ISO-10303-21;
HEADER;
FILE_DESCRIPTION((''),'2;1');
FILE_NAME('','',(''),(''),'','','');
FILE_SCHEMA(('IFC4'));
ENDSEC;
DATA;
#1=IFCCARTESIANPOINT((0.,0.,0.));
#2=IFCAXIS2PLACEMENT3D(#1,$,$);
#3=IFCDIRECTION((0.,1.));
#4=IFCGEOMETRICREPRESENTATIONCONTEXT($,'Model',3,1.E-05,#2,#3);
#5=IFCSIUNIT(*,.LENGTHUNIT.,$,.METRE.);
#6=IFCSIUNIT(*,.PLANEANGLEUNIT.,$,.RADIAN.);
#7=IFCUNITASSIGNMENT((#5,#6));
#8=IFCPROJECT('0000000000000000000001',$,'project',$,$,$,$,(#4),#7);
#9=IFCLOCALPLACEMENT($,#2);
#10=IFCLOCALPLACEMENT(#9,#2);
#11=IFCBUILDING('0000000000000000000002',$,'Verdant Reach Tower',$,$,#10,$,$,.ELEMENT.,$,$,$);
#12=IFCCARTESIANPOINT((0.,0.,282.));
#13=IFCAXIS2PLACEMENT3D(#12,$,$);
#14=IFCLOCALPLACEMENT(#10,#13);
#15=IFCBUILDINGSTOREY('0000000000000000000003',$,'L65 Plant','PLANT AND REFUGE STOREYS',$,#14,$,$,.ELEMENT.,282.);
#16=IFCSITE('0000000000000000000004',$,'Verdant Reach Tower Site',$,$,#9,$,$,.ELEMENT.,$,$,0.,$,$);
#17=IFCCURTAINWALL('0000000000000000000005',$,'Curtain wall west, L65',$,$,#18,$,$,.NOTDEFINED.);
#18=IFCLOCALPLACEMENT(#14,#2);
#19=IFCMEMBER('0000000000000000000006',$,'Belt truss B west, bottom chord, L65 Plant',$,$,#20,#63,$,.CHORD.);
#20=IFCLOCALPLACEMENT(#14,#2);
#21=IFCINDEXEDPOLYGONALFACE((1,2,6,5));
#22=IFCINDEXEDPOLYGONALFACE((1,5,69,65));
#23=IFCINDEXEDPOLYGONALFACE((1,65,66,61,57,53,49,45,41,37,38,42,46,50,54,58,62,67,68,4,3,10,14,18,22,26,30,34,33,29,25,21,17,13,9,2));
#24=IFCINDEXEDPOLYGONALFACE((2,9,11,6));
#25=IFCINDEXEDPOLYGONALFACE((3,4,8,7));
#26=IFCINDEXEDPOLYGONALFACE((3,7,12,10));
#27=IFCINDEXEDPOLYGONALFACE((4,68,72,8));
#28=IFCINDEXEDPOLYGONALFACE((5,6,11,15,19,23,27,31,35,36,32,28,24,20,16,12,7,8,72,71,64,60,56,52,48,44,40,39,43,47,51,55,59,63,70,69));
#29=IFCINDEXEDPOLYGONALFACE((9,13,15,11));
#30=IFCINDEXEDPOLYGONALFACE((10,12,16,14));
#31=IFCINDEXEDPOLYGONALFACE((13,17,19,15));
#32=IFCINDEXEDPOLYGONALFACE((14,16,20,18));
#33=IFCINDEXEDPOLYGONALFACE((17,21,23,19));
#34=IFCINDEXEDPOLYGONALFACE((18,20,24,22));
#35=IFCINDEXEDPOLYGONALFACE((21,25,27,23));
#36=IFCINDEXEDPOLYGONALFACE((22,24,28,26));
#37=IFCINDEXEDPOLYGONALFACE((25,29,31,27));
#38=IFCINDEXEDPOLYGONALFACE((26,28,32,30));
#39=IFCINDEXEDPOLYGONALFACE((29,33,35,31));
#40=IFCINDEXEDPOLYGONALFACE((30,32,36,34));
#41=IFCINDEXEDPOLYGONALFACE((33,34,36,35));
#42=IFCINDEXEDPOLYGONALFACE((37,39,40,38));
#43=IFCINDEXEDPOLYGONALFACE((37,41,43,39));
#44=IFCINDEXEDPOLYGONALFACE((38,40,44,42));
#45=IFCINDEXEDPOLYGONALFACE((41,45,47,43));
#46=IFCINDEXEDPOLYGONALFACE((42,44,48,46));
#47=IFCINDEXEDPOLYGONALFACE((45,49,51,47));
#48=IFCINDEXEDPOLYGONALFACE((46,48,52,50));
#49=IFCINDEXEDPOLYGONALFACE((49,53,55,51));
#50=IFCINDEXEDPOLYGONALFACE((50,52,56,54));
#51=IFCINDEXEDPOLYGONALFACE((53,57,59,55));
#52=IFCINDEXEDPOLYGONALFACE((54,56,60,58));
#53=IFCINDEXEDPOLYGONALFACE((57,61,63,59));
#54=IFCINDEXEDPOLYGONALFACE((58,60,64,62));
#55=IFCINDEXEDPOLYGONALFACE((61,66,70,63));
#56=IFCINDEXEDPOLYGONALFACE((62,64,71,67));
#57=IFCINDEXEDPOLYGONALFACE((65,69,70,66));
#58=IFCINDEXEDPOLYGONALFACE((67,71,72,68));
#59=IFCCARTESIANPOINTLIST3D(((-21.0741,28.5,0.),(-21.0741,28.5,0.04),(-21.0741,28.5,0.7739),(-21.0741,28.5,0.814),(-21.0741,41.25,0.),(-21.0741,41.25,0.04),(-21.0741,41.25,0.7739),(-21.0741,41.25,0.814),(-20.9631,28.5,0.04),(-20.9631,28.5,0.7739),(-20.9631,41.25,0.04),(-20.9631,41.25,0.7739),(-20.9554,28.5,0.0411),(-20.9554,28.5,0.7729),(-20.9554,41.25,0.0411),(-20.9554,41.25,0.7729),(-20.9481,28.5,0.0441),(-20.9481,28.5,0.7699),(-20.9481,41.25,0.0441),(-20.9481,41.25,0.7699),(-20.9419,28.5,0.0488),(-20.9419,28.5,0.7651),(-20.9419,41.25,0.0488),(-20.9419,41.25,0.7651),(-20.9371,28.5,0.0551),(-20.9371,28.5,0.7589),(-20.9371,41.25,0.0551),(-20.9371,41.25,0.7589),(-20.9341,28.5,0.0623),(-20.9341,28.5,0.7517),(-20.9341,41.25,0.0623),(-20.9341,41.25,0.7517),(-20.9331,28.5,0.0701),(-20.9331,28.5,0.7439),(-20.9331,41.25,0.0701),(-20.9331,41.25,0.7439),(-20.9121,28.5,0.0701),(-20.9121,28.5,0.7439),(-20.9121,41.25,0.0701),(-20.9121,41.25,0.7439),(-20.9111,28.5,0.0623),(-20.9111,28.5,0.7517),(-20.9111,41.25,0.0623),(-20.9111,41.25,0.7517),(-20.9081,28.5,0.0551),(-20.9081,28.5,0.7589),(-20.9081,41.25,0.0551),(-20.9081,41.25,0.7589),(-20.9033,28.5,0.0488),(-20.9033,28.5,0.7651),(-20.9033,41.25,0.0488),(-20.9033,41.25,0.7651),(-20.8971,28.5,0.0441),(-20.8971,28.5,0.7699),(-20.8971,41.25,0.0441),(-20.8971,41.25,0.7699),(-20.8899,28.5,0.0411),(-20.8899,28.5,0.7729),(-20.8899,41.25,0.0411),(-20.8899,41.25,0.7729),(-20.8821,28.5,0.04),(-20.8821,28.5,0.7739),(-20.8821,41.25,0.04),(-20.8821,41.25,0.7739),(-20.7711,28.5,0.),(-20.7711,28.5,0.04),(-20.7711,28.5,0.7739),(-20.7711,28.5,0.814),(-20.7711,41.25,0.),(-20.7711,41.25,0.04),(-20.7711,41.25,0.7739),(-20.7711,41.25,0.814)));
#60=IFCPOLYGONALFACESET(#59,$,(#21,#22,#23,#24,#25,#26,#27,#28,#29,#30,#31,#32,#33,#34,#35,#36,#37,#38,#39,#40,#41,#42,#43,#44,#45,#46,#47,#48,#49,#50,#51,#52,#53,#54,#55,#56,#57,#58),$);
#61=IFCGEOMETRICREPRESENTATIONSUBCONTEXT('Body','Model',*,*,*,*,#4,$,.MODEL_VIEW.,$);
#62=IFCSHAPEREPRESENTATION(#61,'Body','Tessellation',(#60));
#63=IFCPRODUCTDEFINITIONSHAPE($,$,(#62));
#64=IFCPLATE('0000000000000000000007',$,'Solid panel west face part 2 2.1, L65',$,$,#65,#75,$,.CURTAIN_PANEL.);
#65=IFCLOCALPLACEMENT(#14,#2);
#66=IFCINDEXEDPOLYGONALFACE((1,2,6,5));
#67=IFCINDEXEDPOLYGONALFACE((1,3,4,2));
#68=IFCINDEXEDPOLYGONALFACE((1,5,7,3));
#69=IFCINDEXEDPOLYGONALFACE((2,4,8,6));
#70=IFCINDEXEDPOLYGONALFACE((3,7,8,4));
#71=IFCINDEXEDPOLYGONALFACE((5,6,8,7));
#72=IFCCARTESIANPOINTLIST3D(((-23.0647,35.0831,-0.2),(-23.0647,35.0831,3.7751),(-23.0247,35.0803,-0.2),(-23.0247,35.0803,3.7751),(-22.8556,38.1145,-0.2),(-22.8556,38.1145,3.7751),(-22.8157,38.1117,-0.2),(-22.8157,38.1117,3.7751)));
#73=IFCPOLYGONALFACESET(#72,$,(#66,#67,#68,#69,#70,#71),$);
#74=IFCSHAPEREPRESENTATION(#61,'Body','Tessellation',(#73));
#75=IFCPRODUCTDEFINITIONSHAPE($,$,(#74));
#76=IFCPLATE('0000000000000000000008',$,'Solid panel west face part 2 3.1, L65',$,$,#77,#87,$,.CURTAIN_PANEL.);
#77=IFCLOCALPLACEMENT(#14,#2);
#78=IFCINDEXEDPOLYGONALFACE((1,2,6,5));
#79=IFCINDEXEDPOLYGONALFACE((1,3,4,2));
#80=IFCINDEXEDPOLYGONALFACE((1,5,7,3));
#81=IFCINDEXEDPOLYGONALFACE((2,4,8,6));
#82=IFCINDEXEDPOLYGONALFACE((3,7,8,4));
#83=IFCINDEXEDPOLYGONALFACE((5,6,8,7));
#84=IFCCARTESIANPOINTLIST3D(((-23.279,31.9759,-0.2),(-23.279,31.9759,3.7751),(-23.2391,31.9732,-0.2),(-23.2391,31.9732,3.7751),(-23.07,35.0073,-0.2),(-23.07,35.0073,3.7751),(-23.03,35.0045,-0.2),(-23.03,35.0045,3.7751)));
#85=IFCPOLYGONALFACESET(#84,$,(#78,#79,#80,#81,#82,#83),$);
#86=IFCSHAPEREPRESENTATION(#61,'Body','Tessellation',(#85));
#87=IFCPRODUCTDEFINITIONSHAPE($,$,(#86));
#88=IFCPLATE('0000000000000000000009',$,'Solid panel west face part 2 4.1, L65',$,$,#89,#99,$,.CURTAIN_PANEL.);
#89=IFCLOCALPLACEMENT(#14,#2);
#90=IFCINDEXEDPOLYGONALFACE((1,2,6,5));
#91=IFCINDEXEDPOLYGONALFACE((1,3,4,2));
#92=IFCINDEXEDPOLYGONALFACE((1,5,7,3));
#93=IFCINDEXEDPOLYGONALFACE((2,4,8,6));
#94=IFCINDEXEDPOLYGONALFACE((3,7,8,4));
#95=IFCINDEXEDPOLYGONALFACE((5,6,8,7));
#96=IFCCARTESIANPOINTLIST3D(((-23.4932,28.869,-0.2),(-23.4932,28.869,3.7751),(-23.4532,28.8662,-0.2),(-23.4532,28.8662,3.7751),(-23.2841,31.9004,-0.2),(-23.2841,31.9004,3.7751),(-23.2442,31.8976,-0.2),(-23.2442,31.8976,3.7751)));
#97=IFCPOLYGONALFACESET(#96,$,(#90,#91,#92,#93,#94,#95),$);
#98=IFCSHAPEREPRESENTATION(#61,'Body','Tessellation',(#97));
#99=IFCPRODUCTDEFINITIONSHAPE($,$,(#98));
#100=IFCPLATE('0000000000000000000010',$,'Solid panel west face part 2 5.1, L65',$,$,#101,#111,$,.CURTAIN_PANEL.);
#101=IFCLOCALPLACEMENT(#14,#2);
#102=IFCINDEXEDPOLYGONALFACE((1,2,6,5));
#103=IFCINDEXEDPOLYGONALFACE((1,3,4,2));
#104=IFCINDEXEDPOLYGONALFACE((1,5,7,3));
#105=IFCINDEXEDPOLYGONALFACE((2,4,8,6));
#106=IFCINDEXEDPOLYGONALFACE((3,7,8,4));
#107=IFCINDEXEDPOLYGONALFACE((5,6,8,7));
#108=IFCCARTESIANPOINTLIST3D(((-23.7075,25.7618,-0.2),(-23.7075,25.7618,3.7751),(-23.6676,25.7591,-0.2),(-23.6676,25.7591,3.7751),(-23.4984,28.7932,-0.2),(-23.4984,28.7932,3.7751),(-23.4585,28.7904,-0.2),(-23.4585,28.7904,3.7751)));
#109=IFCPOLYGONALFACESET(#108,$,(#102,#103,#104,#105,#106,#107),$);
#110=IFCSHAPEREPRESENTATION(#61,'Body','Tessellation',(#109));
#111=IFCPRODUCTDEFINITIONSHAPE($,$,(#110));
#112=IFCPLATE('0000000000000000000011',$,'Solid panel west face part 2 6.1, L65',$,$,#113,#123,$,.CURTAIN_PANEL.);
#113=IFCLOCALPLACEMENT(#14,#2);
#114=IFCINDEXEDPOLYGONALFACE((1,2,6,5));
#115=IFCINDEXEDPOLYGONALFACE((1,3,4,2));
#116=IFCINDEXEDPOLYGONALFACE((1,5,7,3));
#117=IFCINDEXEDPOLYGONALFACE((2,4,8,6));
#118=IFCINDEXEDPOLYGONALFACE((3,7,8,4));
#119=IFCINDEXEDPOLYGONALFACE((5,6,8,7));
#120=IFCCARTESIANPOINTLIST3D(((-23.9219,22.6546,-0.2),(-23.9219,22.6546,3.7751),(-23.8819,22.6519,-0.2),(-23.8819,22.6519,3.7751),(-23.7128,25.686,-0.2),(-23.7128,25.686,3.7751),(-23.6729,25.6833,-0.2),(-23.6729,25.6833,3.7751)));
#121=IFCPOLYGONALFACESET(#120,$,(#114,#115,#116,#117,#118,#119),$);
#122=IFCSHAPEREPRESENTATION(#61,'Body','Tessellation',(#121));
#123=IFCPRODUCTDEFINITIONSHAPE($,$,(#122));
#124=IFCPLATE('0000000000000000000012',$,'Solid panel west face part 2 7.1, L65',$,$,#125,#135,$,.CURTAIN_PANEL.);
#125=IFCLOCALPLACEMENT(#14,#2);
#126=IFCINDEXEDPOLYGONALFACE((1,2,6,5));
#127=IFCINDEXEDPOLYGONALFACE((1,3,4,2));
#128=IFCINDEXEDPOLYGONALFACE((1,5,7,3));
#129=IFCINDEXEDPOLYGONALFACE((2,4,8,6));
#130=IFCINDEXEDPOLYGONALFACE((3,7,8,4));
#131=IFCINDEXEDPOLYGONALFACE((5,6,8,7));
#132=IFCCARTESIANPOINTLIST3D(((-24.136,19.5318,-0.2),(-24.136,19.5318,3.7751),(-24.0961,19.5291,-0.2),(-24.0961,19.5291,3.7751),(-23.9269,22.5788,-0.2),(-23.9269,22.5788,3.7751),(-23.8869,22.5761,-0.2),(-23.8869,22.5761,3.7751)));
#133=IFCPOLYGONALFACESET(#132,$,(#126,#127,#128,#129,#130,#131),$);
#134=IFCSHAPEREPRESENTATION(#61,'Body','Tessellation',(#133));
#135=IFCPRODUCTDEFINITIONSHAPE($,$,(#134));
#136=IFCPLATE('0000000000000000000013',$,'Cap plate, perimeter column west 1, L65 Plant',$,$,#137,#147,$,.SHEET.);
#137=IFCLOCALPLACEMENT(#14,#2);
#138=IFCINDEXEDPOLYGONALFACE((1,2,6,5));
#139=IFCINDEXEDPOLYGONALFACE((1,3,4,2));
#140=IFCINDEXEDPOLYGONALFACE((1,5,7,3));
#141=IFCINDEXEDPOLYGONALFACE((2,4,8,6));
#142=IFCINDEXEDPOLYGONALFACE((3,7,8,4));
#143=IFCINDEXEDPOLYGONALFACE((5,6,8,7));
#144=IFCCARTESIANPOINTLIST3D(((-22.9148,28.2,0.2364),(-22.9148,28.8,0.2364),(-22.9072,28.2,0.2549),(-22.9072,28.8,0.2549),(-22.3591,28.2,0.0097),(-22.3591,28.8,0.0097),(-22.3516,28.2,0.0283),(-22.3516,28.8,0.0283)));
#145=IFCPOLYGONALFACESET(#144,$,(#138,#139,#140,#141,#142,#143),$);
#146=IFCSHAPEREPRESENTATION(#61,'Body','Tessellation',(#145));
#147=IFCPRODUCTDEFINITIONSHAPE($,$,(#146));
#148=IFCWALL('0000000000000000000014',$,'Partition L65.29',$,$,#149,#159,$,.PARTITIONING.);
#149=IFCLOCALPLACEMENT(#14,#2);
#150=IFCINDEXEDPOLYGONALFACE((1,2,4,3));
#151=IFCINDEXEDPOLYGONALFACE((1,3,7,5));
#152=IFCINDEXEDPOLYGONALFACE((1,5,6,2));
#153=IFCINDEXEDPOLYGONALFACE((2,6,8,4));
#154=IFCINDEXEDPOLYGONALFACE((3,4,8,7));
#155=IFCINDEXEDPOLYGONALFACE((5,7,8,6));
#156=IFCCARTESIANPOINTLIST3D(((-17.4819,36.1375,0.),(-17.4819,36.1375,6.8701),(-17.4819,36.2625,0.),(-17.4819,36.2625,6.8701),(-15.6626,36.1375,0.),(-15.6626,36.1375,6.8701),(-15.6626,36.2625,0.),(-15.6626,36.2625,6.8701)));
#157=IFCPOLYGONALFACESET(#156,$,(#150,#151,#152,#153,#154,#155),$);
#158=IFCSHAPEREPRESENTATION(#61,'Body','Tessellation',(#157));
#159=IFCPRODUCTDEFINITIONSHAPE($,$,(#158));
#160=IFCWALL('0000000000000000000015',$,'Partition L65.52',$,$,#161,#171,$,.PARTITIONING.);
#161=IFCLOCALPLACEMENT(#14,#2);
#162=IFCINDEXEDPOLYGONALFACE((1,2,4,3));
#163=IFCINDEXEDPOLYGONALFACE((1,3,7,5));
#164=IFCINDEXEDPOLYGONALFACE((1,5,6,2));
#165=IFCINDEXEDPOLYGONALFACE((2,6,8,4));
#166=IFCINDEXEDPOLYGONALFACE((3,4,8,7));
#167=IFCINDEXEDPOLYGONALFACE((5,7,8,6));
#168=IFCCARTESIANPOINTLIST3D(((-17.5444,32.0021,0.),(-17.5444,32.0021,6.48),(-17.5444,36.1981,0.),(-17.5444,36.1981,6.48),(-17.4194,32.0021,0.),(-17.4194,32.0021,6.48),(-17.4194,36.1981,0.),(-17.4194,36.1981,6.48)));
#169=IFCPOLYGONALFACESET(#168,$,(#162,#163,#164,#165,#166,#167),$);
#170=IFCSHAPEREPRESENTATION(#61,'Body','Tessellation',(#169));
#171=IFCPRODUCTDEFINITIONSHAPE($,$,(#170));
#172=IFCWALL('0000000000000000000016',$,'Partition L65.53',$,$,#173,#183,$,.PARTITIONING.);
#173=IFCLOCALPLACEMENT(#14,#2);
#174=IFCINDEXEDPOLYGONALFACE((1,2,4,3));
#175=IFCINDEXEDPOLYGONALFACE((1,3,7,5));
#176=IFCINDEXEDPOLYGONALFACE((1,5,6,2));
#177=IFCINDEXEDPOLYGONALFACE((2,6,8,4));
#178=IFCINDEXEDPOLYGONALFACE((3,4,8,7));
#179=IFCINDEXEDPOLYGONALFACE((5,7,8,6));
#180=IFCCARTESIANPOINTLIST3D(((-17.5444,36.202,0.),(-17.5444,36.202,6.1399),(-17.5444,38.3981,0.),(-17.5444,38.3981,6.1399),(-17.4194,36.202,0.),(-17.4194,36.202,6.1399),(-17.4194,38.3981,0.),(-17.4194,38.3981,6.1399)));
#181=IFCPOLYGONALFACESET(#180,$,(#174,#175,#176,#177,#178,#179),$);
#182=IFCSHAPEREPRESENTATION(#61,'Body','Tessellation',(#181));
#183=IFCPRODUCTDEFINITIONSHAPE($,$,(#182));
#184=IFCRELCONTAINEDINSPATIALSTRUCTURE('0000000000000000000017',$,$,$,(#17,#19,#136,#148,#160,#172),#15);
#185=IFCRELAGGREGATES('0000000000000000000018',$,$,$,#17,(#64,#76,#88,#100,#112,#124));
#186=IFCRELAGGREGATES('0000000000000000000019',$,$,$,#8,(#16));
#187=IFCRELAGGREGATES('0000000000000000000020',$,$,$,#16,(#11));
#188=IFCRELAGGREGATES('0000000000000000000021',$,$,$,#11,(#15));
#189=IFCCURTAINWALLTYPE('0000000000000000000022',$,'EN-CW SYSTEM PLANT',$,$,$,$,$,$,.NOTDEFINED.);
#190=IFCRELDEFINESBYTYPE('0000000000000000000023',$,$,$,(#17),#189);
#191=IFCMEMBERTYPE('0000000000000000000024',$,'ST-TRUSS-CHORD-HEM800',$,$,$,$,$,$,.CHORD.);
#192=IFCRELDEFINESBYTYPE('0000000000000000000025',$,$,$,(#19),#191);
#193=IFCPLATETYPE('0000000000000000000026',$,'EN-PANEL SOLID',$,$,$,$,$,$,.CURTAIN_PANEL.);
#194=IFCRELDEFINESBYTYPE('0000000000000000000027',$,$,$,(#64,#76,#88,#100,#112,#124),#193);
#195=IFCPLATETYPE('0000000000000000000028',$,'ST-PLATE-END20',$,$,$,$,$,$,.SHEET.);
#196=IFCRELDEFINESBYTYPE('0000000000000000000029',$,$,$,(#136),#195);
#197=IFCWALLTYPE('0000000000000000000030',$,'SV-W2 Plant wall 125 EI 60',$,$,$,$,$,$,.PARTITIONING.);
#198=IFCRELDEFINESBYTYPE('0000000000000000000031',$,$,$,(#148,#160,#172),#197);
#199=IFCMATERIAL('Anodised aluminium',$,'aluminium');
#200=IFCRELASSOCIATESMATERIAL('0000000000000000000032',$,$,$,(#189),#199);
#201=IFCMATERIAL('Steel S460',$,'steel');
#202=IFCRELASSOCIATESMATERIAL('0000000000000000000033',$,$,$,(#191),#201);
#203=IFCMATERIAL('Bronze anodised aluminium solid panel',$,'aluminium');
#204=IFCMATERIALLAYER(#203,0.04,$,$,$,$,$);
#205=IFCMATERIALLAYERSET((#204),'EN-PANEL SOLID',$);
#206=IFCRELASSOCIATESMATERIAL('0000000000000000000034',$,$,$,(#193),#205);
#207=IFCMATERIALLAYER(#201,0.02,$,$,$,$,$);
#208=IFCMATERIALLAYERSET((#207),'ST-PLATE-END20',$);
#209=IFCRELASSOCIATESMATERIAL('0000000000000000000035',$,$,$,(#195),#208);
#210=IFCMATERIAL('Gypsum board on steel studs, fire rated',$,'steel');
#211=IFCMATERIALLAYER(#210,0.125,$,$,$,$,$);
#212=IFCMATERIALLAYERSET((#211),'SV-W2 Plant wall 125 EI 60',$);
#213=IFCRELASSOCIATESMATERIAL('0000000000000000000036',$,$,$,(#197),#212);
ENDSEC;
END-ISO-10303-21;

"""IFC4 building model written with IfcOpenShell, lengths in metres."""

from ifc_helpers import new_model, si_unit, direction, frame, frame_2d, origin, origin_2d, place, context, subcontext, project, spatial, rectangle, i_section, extrude, material, layer, layer_set, material_profile, profile_set, type_object, element, aggregate, save


model = new_model("IFC4")

# Units and contexts
model_context = context("Model", 3, precision=1e-05, world=origin(), true_north=direction((0.0, 1.0)))
body_context = subcontext(model_context, "Body", "Model", "MODEL_VIEW")
ifc_project = project(units=[si_unit("LENGTHUNIT", "METRE"), si_unit("PLANEANGLEUNIT", "RADIAN")], contexts=[model_context])

# Site, building, storey
site_placement = place(None, origin())
site = spatial("IfcSite", under=ifc_project, at=site_placement, Name="Verdant Reach Tower Site", CompositionType="ELEMENT", RefElevation=0.0)
building_placement = place(site_placement, origin())
building = spatial("IfcBuilding", under=site, at=building_placement, Name="Verdant Reach Tower", CompositionType="ELEMENT")
storey_placement = place(building_placement, frame((0.0, 0.0, 282.0)))
storey = spatial("IfcBuildingStorey", under=building, at=storey_placement, Name="L65 Plant", Description="PLANT AND REFUGE STOREYS", CompositionType="ELEMENT", Elevation=282.0)

# Shared definitions
ifc_material_1 = material(Name="Steel S460", Category="steel")

# Curtain wall
ifc_material_2 = material(Name="Anodised aluminium", Category="aluminium")
curtain_wall_type = type_object("IfcCurtainWallType", Name="EN-CW SYSTEM PLANT", PredefinedType="NOTDEFINED", material=ifc_material_2)
curtain_wall_1_placement = place(storey_placement, origin())
curtain_wall_1 = element("IfcCurtainWall", 1, at=curtain_wall_1_placement, inside=storey, type_object=curtain_wall_type, Name="Curtain wall west, L65", PredefinedType="NOTDEFINED")

# Member
ifc_material_profile_1 = material_profile(ifc_material_1, i_section(OverallWidth=0.303, OverallDepth=0.814, WebThickness=0.021, FlangeThickness=0.04, FilletRadius=0.03, at=origin_2d()), Name="HEM 800")
ifc_profile_set_1 = profile_set([ifc_material_profile_1], Name="Steel S460")
member_type_1 = type_object("IfcMemberType", Name="ST-TRUSS-CHORD-HEM800", PredefinedType="CHORD", material=ifc_profile_set_1)
for number, where, z_axis, x_axis, name in (
    (2, (-20.9226, 28.5, 0.407), (0.0, 1.0, 0.0), (-1.0, 0.0, 0.0), "Belt truss B west, bottom chord, L65 Plant"),
):
    element("IfcMember", number, at=place(storey_placement, frame(where, z_axis=z_axis, x_axis=x_axis)), inside=storey, type_object=member_type_1, Name=name, PredefinedType="CHORD", context=body_context, shape_type="SweptSolid", body=[
        extrude(i_section(OverallWidth=0.303, OverallDepth=0.814, WebThickness=0.021, FlangeThickness=0.04, FilletRadius=0.03, at=origin_2d()), origin(), (0.0, 0.0, 1.0), 12.75),
    ])

# Plates
ifc_material_3 = material(Name="Bronze anodised aluminium solid panel", Category="aluminium")
ifc_layer_1 = layer(ifc_material_3, 0.04)
ifc_layer_set_1 = layer_set([ifc_layer_1], Name="EN-PANEL SOLID")
plate_type_1 = type_object("IfcPlateType", Name="EN-PANEL SOLID", PredefinedType="CURTAIN_PANEL", material=ifc_layer_set_1)
plate_1_placement = place(storey_placement, frame((-22.9402, 36.5974, -0.2), z_axis=(0.0, 0.0, 1.0), x_axis=(-0.068802, -0.99763, 0.0)))
plate_1 = element("IfcPlate", 3, at=plate_1_placement, type_object=plate_type_1, Name="Solid panel west face part 2 2.1, L65", PredefinedType="CURTAIN_PANEL", context=body_context, shape_type="SweptSolid", body=[
    extrude(rectangle(XDim=3.0386, YDim=0.04, at=origin_2d()), origin(), (0.0, 0.0, 1.0), 3.9751),
])
plate_2_placement = place(storey_placement, frame((-23.1545, 33.4902, -0.2), z_axis=(0.0, 0.0, 1.0), x_axis=(-0.068802, -0.99763, 0.0)))
plate_2 = element("IfcPlate", 4, at=plate_2_placement, type_object=plate_type_1, Name="Solid panel west face part 2 3.1, L65", PredefinedType="CURTAIN_PANEL", context=body_context, shape_type="SweptSolid", body=[
    extrude(rectangle(XDim=3.0386, YDim=0.04, at=origin_2d()), origin(), (0.0, 0.0, 1.0), 3.9751),
])
plate_3_placement = place(storey_placement, frame((-23.3687, 30.3833, -0.2), z_axis=(0.0, 0.0, 1.0), x_axis=(-0.068802, -0.99763, 0.0)))
plate_3 = element("IfcPlate", 5, at=plate_3_placement, type_object=plate_type_1, Name="Solid panel west face part 2 4.1, L65", PredefinedType="CURTAIN_PANEL", context=body_context, shape_type="SweptSolid", body=[
    extrude(rectangle(XDim=3.0386, YDim=0.04, at=origin_2d()), origin(), (0.0, 0.0, 1.0), 3.9751),
])
plate_4_placement = place(storey_placement, frame((-23.583, 27.2761, -0.2), z_axis=(0.0, 0.0, 1.0), x_axis=(-0.068802, -0.99763, 0.0)))
plate_4 = element("IfcPlate", 6, at=plate_4_placement, type_object=plate_type_1, Name="Solid panel west face part 2 5.1, L65", PredefinedType="CURTAIN_PANEL", context=body_context, shape_type="SweptSolid", body=[
    extrude(rectangle(XDim=3.0386, YDim=0.04, at=origin_2d()), origin(), (0.0, 0.0, 1.0), 3.9751),
])
plate_5_placement = place(storey_placement, frame((-23.7974, 24.1689, -0.2), z_axis=(0.0, 0.0, 1.0), x_axis=(-0.068802, -0.99763, 0.0)))
plate_5 = element("IfcPlate", 7, at=plate_5_placement, type_object=plate_type_1, Name="Solid panel west face part 2 6.1, L65", PredefinedType="CURTAIN_PANEL", context=body_context, shape_type="SweptSolid", body=[
    extrude(rectangle(XDim=3.0386, YDim=0.04, at=origin_2d()), origin(), (0.0, 0.0, 1.0), 3.9751),
])
plate_6_placement = place(storey_placement, frame((-24.0115, 21.054, -0.2), z_axis=(0.0, 0.0, 1.0), x_axis=(-0.068469, -0.997653, 0.0)))
plate_6 = element("IfcPlate", 8, at=plate_6_placement, type_object=plate_type_1, Name="Solid panel west face part 2 7.1, L65", PredefinedType="CURTAIN_PANEL", context=body_context, shape_type="SweptSolid", body=[
    extrude(rectangle(XDim=3.0542, YDim=0.04, at=origin_2d()), origin(), (0.0, 0.0, 1.0), 3.9751),
])
ifc_layer_2 = layer(ifc_material_1, 0.02)
ifc_layer_set_2 = layer_set([ifc_layer_2], Name="ST-PLATE-END20")
plate_type_2 = type_object("IfcPlateType", Name="ST-PLATE-END20", PredefinedType="SHEET", material=ifc_layer_set_2)
plate_7_placement = place(storey_placement, frame((-22.637, 28.5, 0.123), z_axis=(0.377684, 0.0, 0.925935), x_axis=(0.0, 1.0, 0.0)))
element("IfcPlate", 9, at=plate_7_placement, inside=storey, type_object=plate_type_2, Name="Cap plate, perimeter column west 1, L65 Plant", PredefinedType="SHEET", context=body_context, shape_type="SweptSolid", body=[
    extrude(rectangle(XDim=0.6001, YDim=0.6001, at=origin_2d()), origin(), (0.0, 0.0, 1.0), 0.02),
])

# Walls
ifc_material_4 = material(Name="Gypsum board on steel studs, fire rated", Category="steel")
ifc_layer_3 = layer(ifc_material_4, 0.125)
ifc_layer_set_3 = layer_set([ifc_layer_3], Name="SV-W2 Plant wall 125 EI 60")
wall_type_1 = type_object("IfcWallType", Name="SV-W2 Plant wall 125 EI 60", PredefinedType="PARTITIONING", material=ifc_layer_set_3)
wall_1_placement = place(storey_placement, frame((-17.4819, 36.2, 0.0), z_axis=(0.0, 0.0, 1.0), x_axis=(1.0, 0.0, 0.0)))
element("IfcWall", 10, at=wall_1_placement, inside=storey, type_object=wall_type_1, Name="Partition L65.29", PredefinedType="PARTITIONING", context=body_context, shape_type="SweptSolid", body=[
    extrude(rectangle(XDim=1.8193, YDim=0.125, at=frame_2d((0.9097, 0.0))), origin(), (0.0, 0.0, 1.0), 6.8701),
])
wall_2_placement = place(storey_placement, frame((-17.4819, 32.002, 0.0), z_axis=(0.0, 0.0, 1.0), x_axis=(0.0, 1.0, 0.0)))
element("IfcWall", 11, at=wall_2_placement, inside=storey, type_object=wall_type_1, Name="Partition L65.52", PredefinedType="PARTITIONING", context=body_context, shape_type="SweptSolid", body=[
    extrude(rectangle(XDim=4.196, YDim=0.125, at=frame_2d((2.0981, 0.0))), origin(), (0.0, 0.0, 1.0), 6.48),
])
wall_3_placement = place(storey_placement, frame((-17.4819, 36.2019, 0.0), z_axis=(0.0, 0.0, 1.0), x_axis=(0.0, 1.0, 0.0)))
element("IfcWall", 12, at=wall_3_placement, inside=storey, type_object=wall_type_1, Name="Partition L65.53", PredefinedType="PARTITIONING", context=body_context, shape_type="SweptSolid", body=[
    extrude(rectangle(XDim=2.196, YDim=0.125, at=frame_2d((1.0981, 0.0))), origin(), (0.0, 0.0, 1.0), 6.1399),
])

aggregate(curtain_wall_1, [plate_1, plate_2, plate_3, plate_4, plate_5, plate_6])

save(model, "model.ifc")
